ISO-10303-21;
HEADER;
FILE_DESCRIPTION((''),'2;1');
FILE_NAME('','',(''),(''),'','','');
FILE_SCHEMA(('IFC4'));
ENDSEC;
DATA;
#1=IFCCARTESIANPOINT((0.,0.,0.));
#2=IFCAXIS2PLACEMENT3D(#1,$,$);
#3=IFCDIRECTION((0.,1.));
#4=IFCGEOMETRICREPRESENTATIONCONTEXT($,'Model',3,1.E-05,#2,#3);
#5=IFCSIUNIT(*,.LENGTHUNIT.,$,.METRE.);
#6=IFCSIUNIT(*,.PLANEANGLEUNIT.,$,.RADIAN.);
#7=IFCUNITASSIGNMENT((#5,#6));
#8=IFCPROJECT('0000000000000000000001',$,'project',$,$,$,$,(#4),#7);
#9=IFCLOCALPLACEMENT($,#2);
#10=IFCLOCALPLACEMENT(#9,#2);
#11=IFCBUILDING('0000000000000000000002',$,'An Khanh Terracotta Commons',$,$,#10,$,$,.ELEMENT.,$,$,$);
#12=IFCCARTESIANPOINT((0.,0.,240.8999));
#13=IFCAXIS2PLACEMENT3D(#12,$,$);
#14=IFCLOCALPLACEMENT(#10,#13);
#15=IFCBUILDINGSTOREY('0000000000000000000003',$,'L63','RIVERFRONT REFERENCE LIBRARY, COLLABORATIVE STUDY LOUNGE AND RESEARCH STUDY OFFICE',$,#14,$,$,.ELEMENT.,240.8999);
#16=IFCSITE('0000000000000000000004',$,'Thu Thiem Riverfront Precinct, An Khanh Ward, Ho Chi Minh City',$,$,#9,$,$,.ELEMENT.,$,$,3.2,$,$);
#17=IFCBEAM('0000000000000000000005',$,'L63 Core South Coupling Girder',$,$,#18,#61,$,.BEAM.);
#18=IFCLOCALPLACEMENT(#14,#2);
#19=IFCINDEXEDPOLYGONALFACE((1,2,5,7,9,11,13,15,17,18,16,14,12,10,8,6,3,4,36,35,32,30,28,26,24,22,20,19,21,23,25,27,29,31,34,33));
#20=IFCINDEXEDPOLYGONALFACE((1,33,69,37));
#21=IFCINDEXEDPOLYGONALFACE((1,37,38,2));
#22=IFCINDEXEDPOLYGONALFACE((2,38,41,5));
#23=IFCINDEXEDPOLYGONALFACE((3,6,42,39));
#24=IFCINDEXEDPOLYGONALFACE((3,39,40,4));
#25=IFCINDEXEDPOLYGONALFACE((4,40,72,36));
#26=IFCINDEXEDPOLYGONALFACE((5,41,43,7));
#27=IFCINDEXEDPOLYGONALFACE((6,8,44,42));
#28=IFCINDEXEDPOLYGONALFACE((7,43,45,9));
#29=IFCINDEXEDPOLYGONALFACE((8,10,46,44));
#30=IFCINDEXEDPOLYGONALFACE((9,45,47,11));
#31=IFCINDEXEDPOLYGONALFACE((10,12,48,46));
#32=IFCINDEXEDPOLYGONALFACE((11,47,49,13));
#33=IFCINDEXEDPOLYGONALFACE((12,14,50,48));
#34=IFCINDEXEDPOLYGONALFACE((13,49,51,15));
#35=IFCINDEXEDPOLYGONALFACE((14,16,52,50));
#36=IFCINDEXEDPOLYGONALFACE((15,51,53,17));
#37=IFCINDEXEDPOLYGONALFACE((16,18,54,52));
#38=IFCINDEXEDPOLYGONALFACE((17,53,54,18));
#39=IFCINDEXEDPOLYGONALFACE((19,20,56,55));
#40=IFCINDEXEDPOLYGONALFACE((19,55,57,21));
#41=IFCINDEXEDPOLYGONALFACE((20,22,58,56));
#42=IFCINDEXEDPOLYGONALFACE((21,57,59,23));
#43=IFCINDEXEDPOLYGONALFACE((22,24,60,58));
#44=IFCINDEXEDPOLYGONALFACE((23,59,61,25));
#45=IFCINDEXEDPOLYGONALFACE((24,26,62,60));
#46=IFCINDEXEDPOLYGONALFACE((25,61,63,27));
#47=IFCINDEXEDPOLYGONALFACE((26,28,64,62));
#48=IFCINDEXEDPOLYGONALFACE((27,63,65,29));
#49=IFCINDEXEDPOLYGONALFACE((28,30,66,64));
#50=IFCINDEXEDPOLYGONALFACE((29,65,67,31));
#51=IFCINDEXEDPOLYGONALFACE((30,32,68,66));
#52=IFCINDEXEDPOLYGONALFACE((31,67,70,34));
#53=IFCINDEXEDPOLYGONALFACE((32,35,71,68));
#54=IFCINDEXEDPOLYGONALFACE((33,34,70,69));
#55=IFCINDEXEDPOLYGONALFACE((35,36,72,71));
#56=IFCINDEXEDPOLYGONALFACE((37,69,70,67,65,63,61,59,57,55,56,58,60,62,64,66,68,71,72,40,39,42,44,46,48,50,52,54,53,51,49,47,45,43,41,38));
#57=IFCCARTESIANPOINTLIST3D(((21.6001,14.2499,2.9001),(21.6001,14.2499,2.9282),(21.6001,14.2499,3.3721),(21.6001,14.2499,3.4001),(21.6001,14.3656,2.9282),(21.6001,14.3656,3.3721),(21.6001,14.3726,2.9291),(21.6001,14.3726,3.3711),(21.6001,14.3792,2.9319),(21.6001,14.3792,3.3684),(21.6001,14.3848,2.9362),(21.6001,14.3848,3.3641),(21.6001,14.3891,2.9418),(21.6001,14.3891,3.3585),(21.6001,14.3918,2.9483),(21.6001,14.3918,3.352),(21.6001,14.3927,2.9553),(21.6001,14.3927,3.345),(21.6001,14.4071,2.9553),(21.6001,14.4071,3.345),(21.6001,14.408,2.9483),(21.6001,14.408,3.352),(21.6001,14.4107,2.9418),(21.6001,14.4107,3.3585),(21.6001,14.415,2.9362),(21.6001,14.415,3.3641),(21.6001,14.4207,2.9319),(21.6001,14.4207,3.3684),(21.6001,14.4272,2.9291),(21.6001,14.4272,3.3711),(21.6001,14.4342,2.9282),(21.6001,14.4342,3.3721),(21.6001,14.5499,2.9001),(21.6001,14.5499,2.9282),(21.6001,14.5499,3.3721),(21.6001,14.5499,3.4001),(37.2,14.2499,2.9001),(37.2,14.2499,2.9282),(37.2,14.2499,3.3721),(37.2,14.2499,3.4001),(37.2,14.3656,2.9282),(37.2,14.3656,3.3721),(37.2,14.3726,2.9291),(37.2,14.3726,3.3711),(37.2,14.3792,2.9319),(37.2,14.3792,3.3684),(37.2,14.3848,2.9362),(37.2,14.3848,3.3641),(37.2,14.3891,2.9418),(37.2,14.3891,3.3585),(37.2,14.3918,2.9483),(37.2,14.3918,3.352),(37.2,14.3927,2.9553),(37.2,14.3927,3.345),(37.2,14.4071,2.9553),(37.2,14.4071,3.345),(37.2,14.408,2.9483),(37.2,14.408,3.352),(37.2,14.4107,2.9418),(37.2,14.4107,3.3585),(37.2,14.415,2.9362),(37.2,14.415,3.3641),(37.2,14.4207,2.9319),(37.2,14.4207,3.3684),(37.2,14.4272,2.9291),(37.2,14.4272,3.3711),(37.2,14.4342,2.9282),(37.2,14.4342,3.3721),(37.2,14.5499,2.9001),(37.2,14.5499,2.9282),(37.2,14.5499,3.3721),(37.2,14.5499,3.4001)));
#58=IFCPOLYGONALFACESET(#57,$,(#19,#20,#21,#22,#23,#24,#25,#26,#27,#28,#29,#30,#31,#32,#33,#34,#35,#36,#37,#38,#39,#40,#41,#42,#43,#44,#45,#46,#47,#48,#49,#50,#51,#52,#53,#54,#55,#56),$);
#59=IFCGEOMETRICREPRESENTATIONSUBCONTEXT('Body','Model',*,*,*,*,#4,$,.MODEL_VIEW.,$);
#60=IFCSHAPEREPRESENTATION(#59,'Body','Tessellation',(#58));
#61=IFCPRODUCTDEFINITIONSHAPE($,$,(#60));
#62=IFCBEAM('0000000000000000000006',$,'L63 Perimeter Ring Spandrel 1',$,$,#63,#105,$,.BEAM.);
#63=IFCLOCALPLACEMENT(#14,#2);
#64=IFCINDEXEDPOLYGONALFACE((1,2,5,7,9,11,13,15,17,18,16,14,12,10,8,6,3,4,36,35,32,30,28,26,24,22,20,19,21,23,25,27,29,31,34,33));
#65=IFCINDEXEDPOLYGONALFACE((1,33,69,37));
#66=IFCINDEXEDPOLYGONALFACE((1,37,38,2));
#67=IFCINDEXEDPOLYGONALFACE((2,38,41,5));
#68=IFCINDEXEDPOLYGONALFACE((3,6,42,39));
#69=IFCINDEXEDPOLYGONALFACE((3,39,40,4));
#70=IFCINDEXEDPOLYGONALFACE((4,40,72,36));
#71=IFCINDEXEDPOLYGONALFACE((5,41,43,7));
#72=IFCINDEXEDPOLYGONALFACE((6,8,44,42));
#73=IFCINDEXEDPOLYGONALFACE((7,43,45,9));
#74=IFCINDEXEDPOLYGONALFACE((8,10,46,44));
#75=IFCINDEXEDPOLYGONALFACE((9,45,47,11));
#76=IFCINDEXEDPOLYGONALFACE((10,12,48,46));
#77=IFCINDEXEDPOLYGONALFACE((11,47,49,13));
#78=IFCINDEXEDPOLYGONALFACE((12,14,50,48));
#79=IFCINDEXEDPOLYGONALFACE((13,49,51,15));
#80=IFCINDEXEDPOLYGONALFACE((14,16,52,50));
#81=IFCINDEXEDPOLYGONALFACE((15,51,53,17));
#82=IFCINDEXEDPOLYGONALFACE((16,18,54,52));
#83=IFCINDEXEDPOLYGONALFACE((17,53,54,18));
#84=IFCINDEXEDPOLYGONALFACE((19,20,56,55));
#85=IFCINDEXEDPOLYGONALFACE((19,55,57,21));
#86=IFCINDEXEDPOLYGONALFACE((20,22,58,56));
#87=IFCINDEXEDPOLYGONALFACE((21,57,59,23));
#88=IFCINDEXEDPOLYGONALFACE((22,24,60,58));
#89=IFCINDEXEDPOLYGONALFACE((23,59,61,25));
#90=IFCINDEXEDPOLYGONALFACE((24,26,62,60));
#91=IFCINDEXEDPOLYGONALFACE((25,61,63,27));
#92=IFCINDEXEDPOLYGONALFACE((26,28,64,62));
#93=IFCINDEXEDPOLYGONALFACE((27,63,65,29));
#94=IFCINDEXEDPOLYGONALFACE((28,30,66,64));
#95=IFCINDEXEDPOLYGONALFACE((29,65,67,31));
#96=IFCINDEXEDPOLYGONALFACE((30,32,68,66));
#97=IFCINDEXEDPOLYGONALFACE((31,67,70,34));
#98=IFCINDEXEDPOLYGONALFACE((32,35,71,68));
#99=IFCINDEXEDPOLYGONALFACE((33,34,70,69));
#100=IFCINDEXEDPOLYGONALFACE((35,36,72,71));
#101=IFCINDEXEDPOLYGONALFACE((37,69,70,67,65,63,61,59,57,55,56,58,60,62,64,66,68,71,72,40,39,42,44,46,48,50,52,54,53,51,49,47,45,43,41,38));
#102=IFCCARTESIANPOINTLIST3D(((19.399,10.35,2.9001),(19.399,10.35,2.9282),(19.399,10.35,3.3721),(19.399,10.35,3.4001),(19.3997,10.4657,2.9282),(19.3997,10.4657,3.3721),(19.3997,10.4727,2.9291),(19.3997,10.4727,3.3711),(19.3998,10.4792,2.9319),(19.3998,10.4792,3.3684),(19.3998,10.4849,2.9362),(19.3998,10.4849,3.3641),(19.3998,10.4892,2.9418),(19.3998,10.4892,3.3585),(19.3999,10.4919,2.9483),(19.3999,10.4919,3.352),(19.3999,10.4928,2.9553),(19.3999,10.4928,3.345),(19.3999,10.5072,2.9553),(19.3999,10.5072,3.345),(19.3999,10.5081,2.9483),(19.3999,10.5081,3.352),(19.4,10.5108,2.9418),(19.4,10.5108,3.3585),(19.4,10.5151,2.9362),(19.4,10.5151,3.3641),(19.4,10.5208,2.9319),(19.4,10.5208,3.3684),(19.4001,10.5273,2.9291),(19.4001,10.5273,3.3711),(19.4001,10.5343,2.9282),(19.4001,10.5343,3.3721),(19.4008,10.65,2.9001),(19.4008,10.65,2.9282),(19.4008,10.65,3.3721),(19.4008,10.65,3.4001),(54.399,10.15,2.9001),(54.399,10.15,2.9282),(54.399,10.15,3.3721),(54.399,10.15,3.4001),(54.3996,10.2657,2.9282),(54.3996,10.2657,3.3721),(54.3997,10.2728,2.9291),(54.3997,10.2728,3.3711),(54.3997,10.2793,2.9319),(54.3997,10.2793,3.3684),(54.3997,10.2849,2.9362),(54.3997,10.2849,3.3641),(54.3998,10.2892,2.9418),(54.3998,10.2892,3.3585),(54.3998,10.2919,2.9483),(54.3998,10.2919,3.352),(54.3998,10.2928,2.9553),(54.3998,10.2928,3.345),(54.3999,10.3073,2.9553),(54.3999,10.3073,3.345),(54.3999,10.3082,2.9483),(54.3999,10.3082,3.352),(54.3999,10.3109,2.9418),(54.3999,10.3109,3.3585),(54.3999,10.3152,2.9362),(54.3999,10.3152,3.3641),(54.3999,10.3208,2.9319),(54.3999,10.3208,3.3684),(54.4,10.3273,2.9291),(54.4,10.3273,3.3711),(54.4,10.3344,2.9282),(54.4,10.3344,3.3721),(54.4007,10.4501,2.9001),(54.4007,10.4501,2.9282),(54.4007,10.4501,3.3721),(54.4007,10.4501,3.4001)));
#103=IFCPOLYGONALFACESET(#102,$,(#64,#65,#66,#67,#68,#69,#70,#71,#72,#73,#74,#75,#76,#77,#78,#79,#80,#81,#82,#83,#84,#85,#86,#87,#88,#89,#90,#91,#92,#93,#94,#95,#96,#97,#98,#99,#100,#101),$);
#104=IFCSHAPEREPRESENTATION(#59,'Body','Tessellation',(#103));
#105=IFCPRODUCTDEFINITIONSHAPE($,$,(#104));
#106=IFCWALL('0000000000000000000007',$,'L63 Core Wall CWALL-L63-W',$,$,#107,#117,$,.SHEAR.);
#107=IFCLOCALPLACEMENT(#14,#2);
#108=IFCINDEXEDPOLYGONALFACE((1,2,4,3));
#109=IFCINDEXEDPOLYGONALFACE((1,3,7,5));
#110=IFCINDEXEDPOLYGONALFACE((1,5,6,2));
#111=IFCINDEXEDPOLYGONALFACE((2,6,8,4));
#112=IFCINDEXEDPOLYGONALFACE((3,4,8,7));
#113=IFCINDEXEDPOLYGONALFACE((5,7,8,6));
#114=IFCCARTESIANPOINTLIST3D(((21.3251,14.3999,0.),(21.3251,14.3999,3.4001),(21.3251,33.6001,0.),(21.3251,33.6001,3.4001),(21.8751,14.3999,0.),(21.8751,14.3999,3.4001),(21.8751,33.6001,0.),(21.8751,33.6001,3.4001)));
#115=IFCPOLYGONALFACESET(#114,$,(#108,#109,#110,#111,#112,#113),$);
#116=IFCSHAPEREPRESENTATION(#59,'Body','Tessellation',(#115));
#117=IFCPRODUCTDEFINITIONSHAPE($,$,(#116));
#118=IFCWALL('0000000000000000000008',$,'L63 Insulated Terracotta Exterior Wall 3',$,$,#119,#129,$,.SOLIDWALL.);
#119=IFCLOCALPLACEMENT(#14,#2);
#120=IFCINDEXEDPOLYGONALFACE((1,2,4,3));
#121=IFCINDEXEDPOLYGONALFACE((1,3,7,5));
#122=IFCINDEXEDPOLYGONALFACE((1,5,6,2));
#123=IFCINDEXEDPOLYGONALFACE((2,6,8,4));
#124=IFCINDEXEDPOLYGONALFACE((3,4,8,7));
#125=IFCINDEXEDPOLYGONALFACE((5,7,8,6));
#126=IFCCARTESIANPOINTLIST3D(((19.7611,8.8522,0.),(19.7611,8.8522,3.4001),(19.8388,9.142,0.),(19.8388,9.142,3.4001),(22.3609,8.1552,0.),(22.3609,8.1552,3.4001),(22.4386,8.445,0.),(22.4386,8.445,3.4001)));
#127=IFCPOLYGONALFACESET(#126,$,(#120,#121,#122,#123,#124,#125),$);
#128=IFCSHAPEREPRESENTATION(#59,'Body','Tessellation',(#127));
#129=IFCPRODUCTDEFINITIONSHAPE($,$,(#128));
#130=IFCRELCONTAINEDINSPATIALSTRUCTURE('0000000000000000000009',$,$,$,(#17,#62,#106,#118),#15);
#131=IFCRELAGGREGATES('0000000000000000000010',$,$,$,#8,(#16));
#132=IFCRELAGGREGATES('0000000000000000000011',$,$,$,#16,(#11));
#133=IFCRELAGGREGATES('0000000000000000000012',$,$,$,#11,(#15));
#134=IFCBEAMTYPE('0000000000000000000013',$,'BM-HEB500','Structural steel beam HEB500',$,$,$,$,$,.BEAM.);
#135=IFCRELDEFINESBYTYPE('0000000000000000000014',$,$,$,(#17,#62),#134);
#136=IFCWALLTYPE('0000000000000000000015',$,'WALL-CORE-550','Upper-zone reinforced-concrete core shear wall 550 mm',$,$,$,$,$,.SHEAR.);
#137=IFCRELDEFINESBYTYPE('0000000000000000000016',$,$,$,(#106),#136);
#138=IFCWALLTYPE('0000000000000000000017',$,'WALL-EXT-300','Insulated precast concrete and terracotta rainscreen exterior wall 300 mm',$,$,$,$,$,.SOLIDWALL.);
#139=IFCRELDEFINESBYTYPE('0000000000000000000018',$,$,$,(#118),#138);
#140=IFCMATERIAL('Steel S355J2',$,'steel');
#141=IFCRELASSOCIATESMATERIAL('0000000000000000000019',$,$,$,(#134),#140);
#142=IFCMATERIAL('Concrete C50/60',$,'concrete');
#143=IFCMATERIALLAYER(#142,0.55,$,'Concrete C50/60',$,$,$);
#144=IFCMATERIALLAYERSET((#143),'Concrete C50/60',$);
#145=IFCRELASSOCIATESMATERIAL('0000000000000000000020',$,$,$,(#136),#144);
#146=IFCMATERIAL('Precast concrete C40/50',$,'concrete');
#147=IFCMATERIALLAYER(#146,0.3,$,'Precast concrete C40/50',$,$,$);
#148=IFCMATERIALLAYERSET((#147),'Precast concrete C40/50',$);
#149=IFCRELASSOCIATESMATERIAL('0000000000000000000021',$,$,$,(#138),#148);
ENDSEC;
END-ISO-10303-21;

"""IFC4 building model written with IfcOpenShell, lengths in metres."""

from ifc_helpers import new_model, si_unit, direction, frame, frame_2d, origin, origin_2d, place, context, subcontext, project, spatial, rectangle, i_section, extrude, material, layer, layer_set, material_profile, profile_set, type_object, element, save


model = new_model("IFC4")

# Units and contexts
model_context = context("Model", 3, precision=1e-05, world=origin(), true_north=direction((0.0, 1.0)))
body_context = subcontext(model_context, "Body", "Model", "MODEL_VIEW")
ifc_project = project(units=[si_unit("LENGTHUNIT", "METRE"), si_unit("PLANEANGLEUNIT", "RADIAN")], contexts=[model_context])

# Site, building, storey
site_placement = place(None, origin())
site = spatial("IfcSite", under=ifc_project, at=site_placement, Name="Thu Thiem Riverfront Precinct, An Khanh Ward, Ho Chi Minh City", CompositionType="ELEMENT", RefElevation=3.2)
building_placement = place(site_placement, origin())
building = spatial("IfcBuilding", under=site, at=building_placement, Name="An Khanh Terracotta Commons", CompositionType="ELEMENT")
storey_placement = place(building_placement, frame((0.0, 0.0, 240.8999)))
storey = spatial("IfcBuildingStorey", under=building, at=storey_placement, Name="L63", Description="RIVERFRONT REFERENCE LIBRARY, COLLABORATIVE STUDY LOUNGE AND RESEARCH STUDY OFFICE", CompositionType="ELEMENT", Elevation=240.8999)

# Beams
ifc_material_1 = material(Name="Steel S355J2", Category="steel")
ifc_material_profile_1 = material_profile(ifc_material_1, i_section(OverallWidth=0.3, OverallDepth=0.5, WebThickness=0.0144, FlangeThickness=0.0281, FilletRadius=0.0271, at=origin_2d()), Name="HEB500")
ifc_profile_set_1 = profile_set([ifc_material_profile_1], Name="Steel S355J2")
beam_type_1 = type_object("IfcBeamType", Name="BM-HEB500", Description="Structural steel beam HEB500", PredefinedType="BEAM", material=ifc_profile_set_1)
beam_1_placement = place(storey_placement, frame((21.6001, 14.3999, 3.1501), z_axis=(1.0, 0.0, 0.0), x_axis=(0.0, 1.0, 0.0)))
element("IfcBeam", 1, at=beam_1_placement, inside=storey, type_object=beam_type_1, Name="L63 Core South Coupling Girder", PredefinedType="BEAM", context=body_context, shape_type="SweptSolid", body=[
    extrude(i_section(OverallWidth=0.3, OverallDepth=0.5, WebThickness=0.0144, FlangeThickness=0.0281, FilletRadius=0.0271, at=origin_2d()), origin(), (0.0, 0.0, 1.0), 15.5999),
])
beam_2_placement = place(storey_placement, frame((19.3999, 10.5, 3.1501), z_axis=(0.999984, -0.005713, 0.0), x_axis=(0.005713, 0.999984, 0.0)))
element("IfcBeam", 2, at=beam_2_placement, inside=storey, type_object=beam_type_1, Name="L63 Perimeter Ring Spandrel 1", PredefinedType="BEAM", context=body_context, shape_type="SweptSolid", body=[
    extrude(i_section(OverallWidth=0.3, OverallDepth=0.5, WebThickness=0.0144, FlangeThickness=0.0281, FilletRadius=0.0271, at=origin_2d()), origin(), (0.0, 0.0, 1.0), 35.0005),
])

# Walls
ifc_material_2 = material(Name="Concrete C50/60", Category="concrete")
ifc_layer_1 = layer(ifc_material_2, 0.55, Name="Concrete C50/60")
ifc_layer_set_1 = layer_set([ifc_layer_1], Name="Concrete C50/60")
wall_type_1 = type_object("IfcWallType", Name="WALL-CORE-550", Description="Upper-zone reinforced-concrete core shear wall 550 mm", PredefinedType="SHEAR", material=ifc_layer_set_1)
wall_1_placement = place(storey_placement, frame((21.6001, 14.3999, 0.0), z_axis=(0.0, 0.0, 1.0), x_axis=(0.0, 1.0, 0.0)))
element("IfcWall", 3, at=wall_1_placement, inside=storey, type_object=wall_type_1, Name="L63 Core Wall CWALL-L63-W", PredefinedType="SHEAR", context=body_context, shape_type="SweptSolid", body=[
    extrude(rectangle(XDim=19.2002, YDim=0.55, at=frame_2d((9.6001, 0.0))), origin(), (0.0, 0.0, 1.0), 3.4001),
])
ifc_material_3 = material(Name="Precast concrete C40/50", Category="concrete")
ifc_layer_2 = layer(ifc_material_3, 0.3, Name="Precast concrete C40/50")
ifc_layer_set_2 = layer_set([ifc_layer_2], Name="Precast concrete C40/50")
wall_type_2 = type_object("IfcWallType", Name="WALL-EXT-300", Description="Insulated precast concrete and terracotta rainscreen exterior wall 300 mm", PredefinedType="SOLIDWALL", material=ifc_layer_set_2)
wall_2_placement = place(storey_placement, frame((19.8, 8.9971, 0.0), z_axis=(0.0, 0.0, 1.0), x_axis=(0.965889, -0.258955, 0.0)))
element("IfcWall", 4, at=wall_2_placement, inside=storey, type_object=wall_type_2, Name="L63 Insulated Terracotta Exterior Wall 3", PredefinedType="SOLIDWALL", context=body_context, shape_type="SweptSolid", body=[
    extrude(rectangle(XDim=2.6917, YDim=0.3, at=frame_2d((1.3457, 0.0))), origin(), (0.0, 0.0, 1.0), 3.4001),
])

save(model, "model.ifc")
